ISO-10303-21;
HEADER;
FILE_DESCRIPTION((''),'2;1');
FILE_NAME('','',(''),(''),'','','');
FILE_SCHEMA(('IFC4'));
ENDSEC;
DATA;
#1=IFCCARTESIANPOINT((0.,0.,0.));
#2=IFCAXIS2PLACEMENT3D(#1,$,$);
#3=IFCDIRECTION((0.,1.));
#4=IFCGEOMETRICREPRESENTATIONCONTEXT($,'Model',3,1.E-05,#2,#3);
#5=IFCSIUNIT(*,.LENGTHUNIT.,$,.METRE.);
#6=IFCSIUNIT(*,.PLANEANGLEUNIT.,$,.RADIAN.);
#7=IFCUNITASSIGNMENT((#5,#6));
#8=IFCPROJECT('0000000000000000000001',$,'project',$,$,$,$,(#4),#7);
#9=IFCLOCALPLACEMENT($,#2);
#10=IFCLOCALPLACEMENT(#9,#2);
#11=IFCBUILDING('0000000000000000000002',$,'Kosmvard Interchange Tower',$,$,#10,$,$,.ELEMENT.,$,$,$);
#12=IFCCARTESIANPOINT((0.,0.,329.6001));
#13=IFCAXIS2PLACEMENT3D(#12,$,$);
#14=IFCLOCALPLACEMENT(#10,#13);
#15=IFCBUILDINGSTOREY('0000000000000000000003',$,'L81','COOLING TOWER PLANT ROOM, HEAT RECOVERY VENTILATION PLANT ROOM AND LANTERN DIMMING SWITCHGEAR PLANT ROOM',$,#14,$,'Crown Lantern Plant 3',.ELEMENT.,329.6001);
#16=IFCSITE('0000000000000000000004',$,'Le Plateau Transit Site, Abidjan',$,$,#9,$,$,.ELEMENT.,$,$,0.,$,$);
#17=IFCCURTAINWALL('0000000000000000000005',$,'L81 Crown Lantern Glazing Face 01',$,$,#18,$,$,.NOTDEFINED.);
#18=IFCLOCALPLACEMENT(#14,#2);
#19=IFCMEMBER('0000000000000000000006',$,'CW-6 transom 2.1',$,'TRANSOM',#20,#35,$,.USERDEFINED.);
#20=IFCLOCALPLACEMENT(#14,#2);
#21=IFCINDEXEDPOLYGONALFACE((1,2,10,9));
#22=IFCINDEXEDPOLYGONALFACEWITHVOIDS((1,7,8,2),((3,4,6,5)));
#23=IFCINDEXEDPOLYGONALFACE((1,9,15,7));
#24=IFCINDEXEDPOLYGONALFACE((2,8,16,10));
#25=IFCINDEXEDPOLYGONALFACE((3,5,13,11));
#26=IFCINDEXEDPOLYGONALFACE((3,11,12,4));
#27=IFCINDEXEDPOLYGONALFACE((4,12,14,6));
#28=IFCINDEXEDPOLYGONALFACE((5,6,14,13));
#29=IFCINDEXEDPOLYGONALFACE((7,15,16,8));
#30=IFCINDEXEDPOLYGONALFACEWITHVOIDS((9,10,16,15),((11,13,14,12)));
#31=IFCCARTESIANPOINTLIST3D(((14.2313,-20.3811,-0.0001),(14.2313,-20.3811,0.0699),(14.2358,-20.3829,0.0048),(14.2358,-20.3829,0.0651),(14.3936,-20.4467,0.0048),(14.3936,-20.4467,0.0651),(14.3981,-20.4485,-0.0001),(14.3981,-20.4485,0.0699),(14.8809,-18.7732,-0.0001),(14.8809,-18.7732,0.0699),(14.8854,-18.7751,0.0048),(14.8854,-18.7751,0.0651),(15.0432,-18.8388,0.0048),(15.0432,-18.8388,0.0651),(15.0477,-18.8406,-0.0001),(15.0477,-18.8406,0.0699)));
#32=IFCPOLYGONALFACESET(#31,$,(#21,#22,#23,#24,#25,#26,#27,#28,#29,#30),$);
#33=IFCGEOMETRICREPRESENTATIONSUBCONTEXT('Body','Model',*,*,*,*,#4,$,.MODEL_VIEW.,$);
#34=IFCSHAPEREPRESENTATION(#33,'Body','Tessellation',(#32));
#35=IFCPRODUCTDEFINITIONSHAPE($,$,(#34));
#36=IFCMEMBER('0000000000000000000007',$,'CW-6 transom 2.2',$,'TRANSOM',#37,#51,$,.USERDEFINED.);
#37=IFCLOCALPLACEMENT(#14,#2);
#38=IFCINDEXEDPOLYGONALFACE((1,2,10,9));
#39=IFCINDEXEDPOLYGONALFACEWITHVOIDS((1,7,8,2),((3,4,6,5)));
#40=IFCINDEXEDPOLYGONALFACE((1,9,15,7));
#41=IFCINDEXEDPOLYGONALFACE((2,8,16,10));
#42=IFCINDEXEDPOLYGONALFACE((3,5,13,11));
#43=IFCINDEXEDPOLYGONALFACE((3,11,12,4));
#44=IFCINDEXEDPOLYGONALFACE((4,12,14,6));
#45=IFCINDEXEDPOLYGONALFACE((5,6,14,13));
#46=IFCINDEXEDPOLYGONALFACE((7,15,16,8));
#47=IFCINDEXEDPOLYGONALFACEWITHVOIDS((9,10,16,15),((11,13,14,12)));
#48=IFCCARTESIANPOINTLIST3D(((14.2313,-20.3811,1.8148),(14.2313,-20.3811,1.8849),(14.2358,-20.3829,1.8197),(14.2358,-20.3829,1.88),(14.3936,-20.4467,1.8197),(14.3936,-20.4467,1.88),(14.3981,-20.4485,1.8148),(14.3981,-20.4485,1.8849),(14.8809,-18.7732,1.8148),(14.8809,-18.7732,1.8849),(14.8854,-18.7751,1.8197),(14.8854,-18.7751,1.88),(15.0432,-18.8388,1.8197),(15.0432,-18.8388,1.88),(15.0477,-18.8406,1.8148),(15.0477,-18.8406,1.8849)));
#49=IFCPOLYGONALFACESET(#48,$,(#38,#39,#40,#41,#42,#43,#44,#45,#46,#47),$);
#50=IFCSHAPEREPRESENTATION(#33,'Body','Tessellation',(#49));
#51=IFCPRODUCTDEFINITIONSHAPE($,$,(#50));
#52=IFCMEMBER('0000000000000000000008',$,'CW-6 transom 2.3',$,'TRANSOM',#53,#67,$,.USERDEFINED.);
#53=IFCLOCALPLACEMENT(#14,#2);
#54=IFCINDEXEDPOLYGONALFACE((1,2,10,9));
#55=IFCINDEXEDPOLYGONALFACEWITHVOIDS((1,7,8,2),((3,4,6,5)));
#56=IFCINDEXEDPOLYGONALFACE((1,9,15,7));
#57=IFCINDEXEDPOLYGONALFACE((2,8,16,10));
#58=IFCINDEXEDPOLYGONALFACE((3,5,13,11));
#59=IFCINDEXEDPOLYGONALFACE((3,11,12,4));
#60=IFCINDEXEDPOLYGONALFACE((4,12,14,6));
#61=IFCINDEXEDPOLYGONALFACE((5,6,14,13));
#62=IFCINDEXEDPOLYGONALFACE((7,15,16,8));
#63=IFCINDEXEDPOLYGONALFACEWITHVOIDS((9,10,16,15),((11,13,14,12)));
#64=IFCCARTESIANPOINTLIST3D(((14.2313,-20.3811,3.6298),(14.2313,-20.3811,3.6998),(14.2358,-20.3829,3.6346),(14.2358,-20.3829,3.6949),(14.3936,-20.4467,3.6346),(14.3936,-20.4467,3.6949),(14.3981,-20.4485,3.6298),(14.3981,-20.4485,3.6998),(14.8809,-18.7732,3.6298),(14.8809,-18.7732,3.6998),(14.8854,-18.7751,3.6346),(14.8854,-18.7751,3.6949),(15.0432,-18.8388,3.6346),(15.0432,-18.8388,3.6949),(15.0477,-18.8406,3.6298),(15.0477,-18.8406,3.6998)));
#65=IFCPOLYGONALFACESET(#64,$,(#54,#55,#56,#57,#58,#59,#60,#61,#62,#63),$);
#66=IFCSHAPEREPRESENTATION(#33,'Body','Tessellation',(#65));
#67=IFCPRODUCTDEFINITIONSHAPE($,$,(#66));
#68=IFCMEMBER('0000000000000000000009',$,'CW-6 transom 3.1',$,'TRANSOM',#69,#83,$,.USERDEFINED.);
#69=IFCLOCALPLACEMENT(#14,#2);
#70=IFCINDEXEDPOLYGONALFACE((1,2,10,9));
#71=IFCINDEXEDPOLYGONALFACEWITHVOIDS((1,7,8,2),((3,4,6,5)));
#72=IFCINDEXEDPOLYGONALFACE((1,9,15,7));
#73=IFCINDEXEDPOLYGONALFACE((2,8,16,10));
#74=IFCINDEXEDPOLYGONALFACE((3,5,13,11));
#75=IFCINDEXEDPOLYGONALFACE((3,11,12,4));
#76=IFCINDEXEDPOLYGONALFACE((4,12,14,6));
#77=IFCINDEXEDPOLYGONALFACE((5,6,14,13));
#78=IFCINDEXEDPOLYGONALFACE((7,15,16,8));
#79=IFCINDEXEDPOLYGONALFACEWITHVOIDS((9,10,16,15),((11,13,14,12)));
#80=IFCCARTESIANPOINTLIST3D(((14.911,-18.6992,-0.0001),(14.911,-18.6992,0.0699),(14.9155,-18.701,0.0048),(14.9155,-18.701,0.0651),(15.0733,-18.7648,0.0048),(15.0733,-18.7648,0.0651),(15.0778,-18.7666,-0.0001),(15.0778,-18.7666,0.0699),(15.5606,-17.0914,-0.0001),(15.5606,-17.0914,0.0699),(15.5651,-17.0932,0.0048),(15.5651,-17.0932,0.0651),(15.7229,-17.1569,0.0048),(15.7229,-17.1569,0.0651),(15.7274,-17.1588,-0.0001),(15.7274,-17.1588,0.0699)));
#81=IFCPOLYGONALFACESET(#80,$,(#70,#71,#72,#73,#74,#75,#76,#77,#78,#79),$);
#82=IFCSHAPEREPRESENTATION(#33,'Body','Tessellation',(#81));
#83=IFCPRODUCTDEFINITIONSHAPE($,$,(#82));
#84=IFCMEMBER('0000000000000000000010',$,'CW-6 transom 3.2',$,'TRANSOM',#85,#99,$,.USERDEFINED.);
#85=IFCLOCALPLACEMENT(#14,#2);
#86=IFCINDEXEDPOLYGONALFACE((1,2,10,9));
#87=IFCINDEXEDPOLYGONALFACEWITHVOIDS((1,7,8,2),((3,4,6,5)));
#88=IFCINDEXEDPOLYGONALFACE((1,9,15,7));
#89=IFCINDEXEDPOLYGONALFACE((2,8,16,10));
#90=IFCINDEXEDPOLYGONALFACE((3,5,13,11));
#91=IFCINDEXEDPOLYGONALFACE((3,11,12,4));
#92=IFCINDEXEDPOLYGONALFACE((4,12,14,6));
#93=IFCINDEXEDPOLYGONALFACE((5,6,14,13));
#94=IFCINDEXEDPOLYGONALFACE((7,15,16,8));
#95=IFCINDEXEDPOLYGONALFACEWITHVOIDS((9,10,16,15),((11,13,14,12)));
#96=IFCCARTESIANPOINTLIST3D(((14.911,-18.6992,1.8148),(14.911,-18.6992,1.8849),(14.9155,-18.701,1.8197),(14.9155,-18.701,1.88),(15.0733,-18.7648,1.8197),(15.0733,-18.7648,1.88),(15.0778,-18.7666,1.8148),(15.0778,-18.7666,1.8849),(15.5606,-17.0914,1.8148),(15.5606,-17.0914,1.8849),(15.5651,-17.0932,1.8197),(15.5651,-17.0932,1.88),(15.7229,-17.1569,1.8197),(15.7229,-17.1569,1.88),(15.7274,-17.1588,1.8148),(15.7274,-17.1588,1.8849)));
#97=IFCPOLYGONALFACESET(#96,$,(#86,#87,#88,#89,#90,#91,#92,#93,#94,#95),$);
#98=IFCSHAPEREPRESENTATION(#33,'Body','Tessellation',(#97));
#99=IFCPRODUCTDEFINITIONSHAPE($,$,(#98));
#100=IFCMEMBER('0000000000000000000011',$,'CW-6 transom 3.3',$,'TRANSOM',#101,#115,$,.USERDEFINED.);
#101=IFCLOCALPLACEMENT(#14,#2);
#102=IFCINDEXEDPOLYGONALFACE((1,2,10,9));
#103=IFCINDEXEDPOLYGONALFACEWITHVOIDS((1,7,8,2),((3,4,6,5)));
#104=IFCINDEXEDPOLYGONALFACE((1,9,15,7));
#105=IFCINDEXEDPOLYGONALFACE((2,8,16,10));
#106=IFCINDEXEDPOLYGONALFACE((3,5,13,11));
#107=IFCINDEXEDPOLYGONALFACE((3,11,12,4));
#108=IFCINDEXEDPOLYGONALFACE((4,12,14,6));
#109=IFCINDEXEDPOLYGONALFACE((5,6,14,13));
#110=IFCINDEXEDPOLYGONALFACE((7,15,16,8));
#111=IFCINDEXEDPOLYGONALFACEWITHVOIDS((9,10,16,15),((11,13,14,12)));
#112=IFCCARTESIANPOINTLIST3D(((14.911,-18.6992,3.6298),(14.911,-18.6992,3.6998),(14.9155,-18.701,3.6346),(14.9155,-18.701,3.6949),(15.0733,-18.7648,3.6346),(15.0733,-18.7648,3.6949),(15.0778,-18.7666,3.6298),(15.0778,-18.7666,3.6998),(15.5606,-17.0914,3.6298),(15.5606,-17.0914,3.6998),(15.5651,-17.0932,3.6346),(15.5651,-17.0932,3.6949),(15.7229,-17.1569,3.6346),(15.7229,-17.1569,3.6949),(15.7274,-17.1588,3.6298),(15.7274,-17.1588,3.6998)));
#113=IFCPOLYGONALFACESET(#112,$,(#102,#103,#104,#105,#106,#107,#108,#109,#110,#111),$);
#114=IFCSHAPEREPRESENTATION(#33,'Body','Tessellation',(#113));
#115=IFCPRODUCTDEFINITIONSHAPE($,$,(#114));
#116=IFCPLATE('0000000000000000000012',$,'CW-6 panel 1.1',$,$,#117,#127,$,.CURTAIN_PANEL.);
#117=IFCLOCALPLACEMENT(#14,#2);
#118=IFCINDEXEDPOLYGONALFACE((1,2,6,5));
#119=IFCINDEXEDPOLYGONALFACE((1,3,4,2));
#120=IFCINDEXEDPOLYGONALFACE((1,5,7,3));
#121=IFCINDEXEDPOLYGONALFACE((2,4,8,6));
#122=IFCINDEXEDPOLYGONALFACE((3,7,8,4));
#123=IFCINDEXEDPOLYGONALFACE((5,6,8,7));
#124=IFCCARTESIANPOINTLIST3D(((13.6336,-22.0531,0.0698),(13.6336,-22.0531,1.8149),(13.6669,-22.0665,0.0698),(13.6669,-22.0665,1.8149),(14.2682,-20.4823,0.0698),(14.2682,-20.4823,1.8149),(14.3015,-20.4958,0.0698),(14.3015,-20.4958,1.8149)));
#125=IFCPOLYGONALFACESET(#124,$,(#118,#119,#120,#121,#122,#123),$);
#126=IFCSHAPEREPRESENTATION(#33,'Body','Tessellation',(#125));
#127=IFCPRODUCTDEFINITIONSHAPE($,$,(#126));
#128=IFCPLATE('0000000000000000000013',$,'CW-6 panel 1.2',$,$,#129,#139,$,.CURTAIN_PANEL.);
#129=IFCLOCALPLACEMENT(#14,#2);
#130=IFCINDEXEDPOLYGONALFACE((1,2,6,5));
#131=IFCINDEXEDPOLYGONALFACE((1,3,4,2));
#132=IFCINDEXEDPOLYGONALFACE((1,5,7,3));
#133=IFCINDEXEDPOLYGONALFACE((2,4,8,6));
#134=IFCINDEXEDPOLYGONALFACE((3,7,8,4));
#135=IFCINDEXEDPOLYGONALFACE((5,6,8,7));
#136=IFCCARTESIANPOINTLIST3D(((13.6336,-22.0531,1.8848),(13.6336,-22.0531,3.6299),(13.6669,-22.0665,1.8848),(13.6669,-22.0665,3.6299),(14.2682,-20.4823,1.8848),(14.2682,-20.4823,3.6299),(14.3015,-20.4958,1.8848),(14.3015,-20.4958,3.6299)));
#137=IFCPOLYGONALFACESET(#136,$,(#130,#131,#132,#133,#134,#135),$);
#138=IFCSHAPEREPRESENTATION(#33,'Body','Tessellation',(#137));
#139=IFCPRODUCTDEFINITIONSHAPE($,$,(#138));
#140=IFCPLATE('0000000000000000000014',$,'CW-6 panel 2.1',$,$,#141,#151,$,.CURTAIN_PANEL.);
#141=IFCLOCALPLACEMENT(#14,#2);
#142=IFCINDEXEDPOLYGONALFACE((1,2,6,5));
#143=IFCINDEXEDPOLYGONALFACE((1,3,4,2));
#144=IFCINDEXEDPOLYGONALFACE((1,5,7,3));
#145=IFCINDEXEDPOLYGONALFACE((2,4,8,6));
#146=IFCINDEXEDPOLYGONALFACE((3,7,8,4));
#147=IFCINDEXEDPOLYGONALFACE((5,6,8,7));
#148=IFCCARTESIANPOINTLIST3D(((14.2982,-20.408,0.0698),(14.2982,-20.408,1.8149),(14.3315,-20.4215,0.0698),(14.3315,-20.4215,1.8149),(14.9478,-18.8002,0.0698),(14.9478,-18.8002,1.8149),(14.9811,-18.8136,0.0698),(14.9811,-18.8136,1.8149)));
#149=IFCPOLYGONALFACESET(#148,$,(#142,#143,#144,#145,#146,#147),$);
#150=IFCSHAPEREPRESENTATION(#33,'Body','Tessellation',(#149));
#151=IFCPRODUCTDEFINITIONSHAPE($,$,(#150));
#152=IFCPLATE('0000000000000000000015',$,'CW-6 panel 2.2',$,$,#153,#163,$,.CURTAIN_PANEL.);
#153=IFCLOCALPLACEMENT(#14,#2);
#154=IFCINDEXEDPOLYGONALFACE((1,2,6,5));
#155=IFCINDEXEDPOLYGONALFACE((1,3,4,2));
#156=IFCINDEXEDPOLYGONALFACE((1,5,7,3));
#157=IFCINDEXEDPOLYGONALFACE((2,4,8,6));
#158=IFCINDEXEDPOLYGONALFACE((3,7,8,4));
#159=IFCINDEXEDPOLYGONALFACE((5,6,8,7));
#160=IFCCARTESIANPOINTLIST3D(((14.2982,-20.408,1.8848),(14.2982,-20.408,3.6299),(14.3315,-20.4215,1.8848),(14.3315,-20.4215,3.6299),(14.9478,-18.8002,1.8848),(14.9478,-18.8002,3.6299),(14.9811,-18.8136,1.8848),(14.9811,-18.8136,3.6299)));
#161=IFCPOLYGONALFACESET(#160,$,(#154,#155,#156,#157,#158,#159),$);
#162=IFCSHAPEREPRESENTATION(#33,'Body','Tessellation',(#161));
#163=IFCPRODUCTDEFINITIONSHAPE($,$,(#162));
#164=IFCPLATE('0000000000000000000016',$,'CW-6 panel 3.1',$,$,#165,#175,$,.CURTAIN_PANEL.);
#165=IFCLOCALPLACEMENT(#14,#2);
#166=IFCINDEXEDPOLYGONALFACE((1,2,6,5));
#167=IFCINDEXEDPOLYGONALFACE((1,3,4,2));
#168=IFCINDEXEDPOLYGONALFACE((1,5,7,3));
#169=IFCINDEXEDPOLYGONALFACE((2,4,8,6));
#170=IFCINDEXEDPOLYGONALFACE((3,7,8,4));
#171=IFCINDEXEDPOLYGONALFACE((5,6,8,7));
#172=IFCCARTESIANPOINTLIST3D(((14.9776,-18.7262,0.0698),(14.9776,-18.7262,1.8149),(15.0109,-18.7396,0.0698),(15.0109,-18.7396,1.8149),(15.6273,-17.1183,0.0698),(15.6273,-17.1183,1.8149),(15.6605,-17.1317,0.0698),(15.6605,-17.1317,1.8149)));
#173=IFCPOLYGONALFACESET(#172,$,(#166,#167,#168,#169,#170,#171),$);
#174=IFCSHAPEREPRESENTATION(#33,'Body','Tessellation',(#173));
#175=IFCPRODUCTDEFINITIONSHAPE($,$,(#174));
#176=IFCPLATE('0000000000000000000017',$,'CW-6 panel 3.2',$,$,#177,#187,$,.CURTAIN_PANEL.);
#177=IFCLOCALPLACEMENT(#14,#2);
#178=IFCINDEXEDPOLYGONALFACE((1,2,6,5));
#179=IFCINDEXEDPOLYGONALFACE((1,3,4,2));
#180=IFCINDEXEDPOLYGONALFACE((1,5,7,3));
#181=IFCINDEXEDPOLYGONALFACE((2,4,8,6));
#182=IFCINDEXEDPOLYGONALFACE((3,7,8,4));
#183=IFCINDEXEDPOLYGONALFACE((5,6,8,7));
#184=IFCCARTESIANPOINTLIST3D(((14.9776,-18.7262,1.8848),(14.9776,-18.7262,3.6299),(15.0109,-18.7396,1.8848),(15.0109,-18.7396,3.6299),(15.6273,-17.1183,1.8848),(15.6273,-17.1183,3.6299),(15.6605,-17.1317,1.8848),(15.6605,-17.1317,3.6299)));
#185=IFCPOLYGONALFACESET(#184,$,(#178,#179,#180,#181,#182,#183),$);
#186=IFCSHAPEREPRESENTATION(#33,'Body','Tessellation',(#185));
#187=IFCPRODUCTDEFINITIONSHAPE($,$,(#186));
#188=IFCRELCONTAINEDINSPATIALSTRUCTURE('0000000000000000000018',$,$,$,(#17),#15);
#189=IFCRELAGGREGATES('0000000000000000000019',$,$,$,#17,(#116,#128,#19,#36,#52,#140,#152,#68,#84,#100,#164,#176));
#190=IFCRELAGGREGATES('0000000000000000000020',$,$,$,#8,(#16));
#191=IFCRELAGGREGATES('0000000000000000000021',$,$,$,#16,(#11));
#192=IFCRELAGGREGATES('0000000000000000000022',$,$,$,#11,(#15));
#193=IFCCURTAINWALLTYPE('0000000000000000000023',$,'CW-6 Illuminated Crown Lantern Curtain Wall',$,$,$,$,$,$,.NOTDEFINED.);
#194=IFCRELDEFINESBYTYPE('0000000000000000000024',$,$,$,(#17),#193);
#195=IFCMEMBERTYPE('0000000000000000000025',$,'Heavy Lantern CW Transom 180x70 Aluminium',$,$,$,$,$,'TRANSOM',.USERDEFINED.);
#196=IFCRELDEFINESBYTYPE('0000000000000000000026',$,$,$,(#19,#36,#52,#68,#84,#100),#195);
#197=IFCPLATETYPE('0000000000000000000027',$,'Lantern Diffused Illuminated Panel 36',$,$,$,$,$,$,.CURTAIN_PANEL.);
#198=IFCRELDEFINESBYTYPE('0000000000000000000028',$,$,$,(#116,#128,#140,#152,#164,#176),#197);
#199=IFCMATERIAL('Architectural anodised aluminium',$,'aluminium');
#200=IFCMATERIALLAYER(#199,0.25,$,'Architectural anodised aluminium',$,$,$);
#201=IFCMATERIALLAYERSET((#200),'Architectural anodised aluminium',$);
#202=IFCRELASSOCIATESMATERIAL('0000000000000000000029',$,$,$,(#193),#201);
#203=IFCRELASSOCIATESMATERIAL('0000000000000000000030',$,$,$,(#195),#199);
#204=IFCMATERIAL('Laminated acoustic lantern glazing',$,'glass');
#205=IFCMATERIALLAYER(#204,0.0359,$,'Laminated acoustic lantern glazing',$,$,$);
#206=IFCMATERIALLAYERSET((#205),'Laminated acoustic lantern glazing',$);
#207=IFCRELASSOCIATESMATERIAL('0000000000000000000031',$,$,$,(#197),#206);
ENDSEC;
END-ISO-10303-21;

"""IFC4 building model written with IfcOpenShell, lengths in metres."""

from ifc_helpers import new_model, si_unit, direction, frame, origin, origin_2d, place, context, subcontext, project, spatial, rectangle, hollow_rectangle, extrude, source, transform, mapped, material, layer, layer_set, material_profile, profile_set, type_object, element, aggregate, save


model = new_model("IFC4")

# Units and contexts
model_context = context("Model", 3, precision=1e-05, world=origin(), true_north=direction((0.0, 1.0)))
body_context = subcontext(model_context, "Body", "Model", "MODEL_VIEW")
ifc_project = project(units=[si_unit("LENGTHUNIT", "METRE"), si_unit("PLANEANGLEUNIT", "RADIAN")], contexts=[model_context])

# Site, building, storey
site_placement = place(None, origin())
site = spatial("IfcSite", under=ifc_project, at=site_placement, Name="Le Plateau Transit Site, Abidjan", CompositionType="ELEMENT", RefElevation=0.0)
building_placement = place(site_placement, origin())
building = spatial("IfcBuilding", under=site, at=building_placement, Name="Kosmvard Interchange Tower", CompositionType="ELEMENT")
storey_placement = place(building_placement, frame((0.0, 0.0, 329.6001)))
storey = spatial("IfcBuildingStorey", under=building, at=storey_placement, Name="L81", Description="COOLING TOWER PLANT ROOM, HEAT RECOVERY VENTILATION PLANT ROOM AND LANTERN DIMMING SWITCHGEAR PLANT ROOM", LongName="Crown Lantern Plant 3", CompositionType="ELEMENT", Elevation=329.6001)

# Curtain wall
ifc_material_1 = material(Name="Architectural anodised aluminium", Category="aluminium")
ifc_layer_1 = layer(ifc_material_1, 0.25, Name="Architectural anodised aluminium")
ifc_layer_set_1 = layer_set([ifc_layer_1], Name="Architectural anodised aluminium")
curtain_wall_type = type_object("IfcCurtainWallType", Name="CW-6 Illuminated Crown Lantern Curtain Wall", PredefinedType="NOTDEFINED", material=ifc_layer_set_1)
curtain_wall_1_placement = place(storey_placement, origin())
curtain_wall_1 = element("IfcCurtainWall", 1, at=curtain_wall_1_placement, inside=storey, type_object=curtain_wall_type, Name="L81 Crown Lantern Glazing Face 01", PredefinedType="NOTDEFINED")

# Members
ifc_material_profile_1 = material_profile(ifc_material_1, hollow_rectangle(XDim=0.1799, YDim=0.0701, WallThickness=0.0049, at=origin_2d()), Name="CWT 180x70x5")
ifc_profile_set_1 = profile_set([ifc_material_profile_1], Name="Architectural anodised aluminium")
member_type_1 = type_object("IfcMemberType", Name="Heavy Lantern CW Transom 180x70 Aluminium", ElementType="TRANSOM", PredefinedType="USERDEFINED", material=ifc_profile_set_1)
shared_shape_1 = source(origin(), body_context, "Body", "SweptSolid", [
    extrude(hollow_rectangle(XDim=0.1799, YDim=0.0701, WallThickness=0.0049, at=origin_2d()), origin(), (0.0, 0.0, 1.0), 1.7341),
])
member_1_placement = place(storey_placement, frame((14.3147, -20.4148, 0.0349), z_axis=(0.374617, 0.92718, 0.0), x_axis=(-0.92718, 0.374617, 0.0)))
member_1 = element("IfcMember", 2, at=member_1_placement, type_object=member_type_1, Name="CW-6 transom 2.1", ObjectType="TRANSOM", PredefinedType="USERDEFINED", context=body_context, shape_type="MappedRepresentation", body=[
    mapped(shared_shape_1, transform((0.0, 0.0, 0.0), scale=1.0)),
])
member_2_placement = place(storey_placement, frame((14.3147, -20.4148, 1.8499), z_axis=(0.374617, 0.92718, 0.0), x_axis=(-0.92718, 0.374617, 0.0)))
member_2 = element("IfcMember", 3, at=member_2_placement, type_object=member_type_1, Name="CW-6 transom 2.2", ObjectType="TRANSOM", PredefinedType="USERDEFINED", context=body_context, shape_type="MappedRepresentation", body=[
    mapped(shared_shape_1, transform((0.0, 0.0, 0.0), scale=1.0)),
])
member_3_placement = place(storey_placement, frame((14.3147, -20.4148, 3.6648), z_axis=(0.374617, 0.92718, 0.0), x_axis=(-0.92718, 0.374617, 0.0)))
member_3 = element("IfcMember", 4, at=member_3_placement, type_object=member_type_1, Name="CW-6 transom 2.3", ObjectType="TRANSOM", PredefinedType="USERDEFINED", context=body_context, shape_type="MappedRepresentation", body=[
    mapped(shared_shape_1, transform((0.0, 0.0, 0.0), scale=1.0)),
])
member_4_placement = place(storey_placement, frame((14.9944, -18.7329, 0.0349), z_axis=(0.374617, 0.92718, 0.0), x_axis=(-0.92718, 0.374617, 0.0)))
member_4 = element("IfcMember", 5, at=member_4_placement, type_object=member_type_1, Name="CW-6 transom 3.1", ObjectType="TRANSOM", PredefinedType="USERDEFINED", context=body_context, shape_type="MappedRepresentation", body=[
    mapped(shared_shape_1, transform((0.0, 0.0, 0.0), scale=1.0)),
])
member_5_placement = place(storey_placement, frame((14.9944, -18.7329, 1.8499), z_axis=(0.374617, 0.92718, 0.0), x_axis=(-0.92718, 0.374617, 0.0)))
member_5 = element("IfcMember", 6, at=member_5_placement, type_object=member_type_1, Name="CW-6 transom 3.2", ObjectType="TRANSOM", PredefinedType="USERDEFINED", context=body_context, shape_type="MappedRepresentation", body=[
    mapped(shared_shape_1, transform((0.0, 0.0, 0.0), scale=1.0)),
])
member_6_placement = place(storey_placement, frame((14.9944, -18.7329, 3.6648), z_axis=(0.374617, 0.92718, 0.0), x_axis=(-0.92718, 0.374617, 0.0)))
member_6 = element("IfcMember", 7, at=member_6_placement, type_object=member_type_1, Name="CW-6 transom 3.3", ObjectType="TRANSOM", PredefinedType="USERDEFINED", context=body_context, shape_type="MappedRepresentation", body=[
    mapped(shared_shape_1, transform((0.0, 0.0, 0.0), scale=1.0)),
])

# Plates
ifc_material_2 = material(Name="Laminated acoustic lantern glazing", Category="glass")
ifc_layer_2 = layer(ifc_material_2, 0.0359, Name="Laminated acoustic lantern glazing")
ifc_layer_set_2 = layer_set([ifc_layer_2], Name="Laminated acoustic lantern glazing")
plate_type = type_object("IfcPlateType", Name="Lantern Diffused Illuminated Panel 36", PredefinedType="CURTAIN_PANEL", material=ifc_layer_set_2)
shared_shape_2 = source(origin(), body_context, "Body", "SweptSolid", [
    extrude(rectangle(XDim=1.6941, YDim=0.0359, at=origin_2d()), origin(), (0.0, 0.0, 1.0), 1.7451),
])
plate_1_placement = place(storey_placement, frame((13.9675, -21.2744, 0.0698), z_axis=(0.0, 0.0, 1.0), x_axis=(0.374607, 0.927184, 0.0)))
plate_1 = element("IfcPlate", 8, at=plate_1_placement, type_object=plate_type, Name="CW-6 panel 1.1", PredefinedType="CURTAIN_PANEL", context=body_context, shape_type="MappedRepresentation", body=[
    mapped(shared_shape_2, transform((0.0, 0.0, 0.0), scale=1.0)),
])
plate_2_placement = place(storey_placement, frame((13.9675, -21.2744, 1.8848), z_axis=(0.0, 0.0, 1.0), x_axis=(0.374607, 0.927184, 0.0)))
plate_2 = element("IfcPlate", 9, at=plate_2_placement, type_object=plate_type, Name="CW-6 panel 1.2", PredefinedType="CURTAIN_PANEL", context=body_context, shape_type="MappedRepresentation", body=[
    mapped(shared_shape_2, transform((0.0, 0.0, 0.0), scale=1.0)),
])
shared_shape_3 = source(origin(), body_context, "Body", "SweptSolid", [
    extrude(rectangle(XDim=1.7341, YDim=0.0359, at=origin_2d()), origin(), (0.0, 0.0, 1.0), 1.7451),
])
plate_3_placement = place(storey_placement, frame((14.6396, -19.6108, 0.0698), z_axis=(0.0, 0.0, 1.0), x_axis=(0.374607, 0.927184, 0.0)))
plate_3 = element("IfcPlate", 10, at=plate_3_placement, type_object=plate_type, Name="CW-6 panel 2.1", PredefinedType="CURTAIN_PANEL", context=body_context, shape_type="MappedRepresentation", body=[
    mapped(shared_shape_3, transform((0.0, 0.0, 0.0), scale=1.0)),
])
plate_4_placement = place(storey_placement, frame((14.6396, -19.6108, 1.8848), z_axis=(0.0, 0.0, 1.0), x_axis=(0.374607, 0.927184, 0.0)))
plate_4 = element("IfcPlate", 11, at=plate_4_placement, type_object=plate_type, Name="CW-6 panel 2.2", PredefinedType="CURTAIN_PANEL", context=body_context, shape_type="MappedRepresentation", body=[
    mapped(shared_shape_3, transform((0.0, 0.0, 0.0), scale=1.0)),
])
plate_5_placement = place(storey_placement, frame((15.3191, -17.929, 0.0698), z_axis=(0.0, 0.0, 1.0), x_axis=(0.374607, 0.927184, 0.0)))
plate_5 = element("IfcPlate", 12, at=plate_5_placement, type_object=plate_type, Name="CW-6 panel 3.1", PredefinedType="CURTAIN_PANEL", context=body_context, shape_type="MappedRepresentation", body=[
    mapped(shared_shape_3, transform((0.0, 0.0, 0.0), scale=1.0)),
])
plate_6_placement = place(storey_placement, frame((15.3191, -17.929, 1.8848), z_axis=(0.0, 0.0, 1.0), x_axis=(0.374607, 0.927184, 0.0)))
plate_6 = element("IfcPlate", 13, at=plate_6_placement, type_object=plate_type, Name="CW-6 panel 3.2", PredefinedType="CURTAIN_PANEL", context=body_context, shape_type="MappedRepresentation", body=[
    mapped(shared_shape_3, transform((0.0, 0.0, 0.0), scale=1.0)),
])
aggregate(curtain_wall_1, [plate_1, plate_2, member_1, member_2, member_3, plate_3, plate_4, member_4, member_5, member_6, plate_5, plate_6])

save(model, "model.ifc")
